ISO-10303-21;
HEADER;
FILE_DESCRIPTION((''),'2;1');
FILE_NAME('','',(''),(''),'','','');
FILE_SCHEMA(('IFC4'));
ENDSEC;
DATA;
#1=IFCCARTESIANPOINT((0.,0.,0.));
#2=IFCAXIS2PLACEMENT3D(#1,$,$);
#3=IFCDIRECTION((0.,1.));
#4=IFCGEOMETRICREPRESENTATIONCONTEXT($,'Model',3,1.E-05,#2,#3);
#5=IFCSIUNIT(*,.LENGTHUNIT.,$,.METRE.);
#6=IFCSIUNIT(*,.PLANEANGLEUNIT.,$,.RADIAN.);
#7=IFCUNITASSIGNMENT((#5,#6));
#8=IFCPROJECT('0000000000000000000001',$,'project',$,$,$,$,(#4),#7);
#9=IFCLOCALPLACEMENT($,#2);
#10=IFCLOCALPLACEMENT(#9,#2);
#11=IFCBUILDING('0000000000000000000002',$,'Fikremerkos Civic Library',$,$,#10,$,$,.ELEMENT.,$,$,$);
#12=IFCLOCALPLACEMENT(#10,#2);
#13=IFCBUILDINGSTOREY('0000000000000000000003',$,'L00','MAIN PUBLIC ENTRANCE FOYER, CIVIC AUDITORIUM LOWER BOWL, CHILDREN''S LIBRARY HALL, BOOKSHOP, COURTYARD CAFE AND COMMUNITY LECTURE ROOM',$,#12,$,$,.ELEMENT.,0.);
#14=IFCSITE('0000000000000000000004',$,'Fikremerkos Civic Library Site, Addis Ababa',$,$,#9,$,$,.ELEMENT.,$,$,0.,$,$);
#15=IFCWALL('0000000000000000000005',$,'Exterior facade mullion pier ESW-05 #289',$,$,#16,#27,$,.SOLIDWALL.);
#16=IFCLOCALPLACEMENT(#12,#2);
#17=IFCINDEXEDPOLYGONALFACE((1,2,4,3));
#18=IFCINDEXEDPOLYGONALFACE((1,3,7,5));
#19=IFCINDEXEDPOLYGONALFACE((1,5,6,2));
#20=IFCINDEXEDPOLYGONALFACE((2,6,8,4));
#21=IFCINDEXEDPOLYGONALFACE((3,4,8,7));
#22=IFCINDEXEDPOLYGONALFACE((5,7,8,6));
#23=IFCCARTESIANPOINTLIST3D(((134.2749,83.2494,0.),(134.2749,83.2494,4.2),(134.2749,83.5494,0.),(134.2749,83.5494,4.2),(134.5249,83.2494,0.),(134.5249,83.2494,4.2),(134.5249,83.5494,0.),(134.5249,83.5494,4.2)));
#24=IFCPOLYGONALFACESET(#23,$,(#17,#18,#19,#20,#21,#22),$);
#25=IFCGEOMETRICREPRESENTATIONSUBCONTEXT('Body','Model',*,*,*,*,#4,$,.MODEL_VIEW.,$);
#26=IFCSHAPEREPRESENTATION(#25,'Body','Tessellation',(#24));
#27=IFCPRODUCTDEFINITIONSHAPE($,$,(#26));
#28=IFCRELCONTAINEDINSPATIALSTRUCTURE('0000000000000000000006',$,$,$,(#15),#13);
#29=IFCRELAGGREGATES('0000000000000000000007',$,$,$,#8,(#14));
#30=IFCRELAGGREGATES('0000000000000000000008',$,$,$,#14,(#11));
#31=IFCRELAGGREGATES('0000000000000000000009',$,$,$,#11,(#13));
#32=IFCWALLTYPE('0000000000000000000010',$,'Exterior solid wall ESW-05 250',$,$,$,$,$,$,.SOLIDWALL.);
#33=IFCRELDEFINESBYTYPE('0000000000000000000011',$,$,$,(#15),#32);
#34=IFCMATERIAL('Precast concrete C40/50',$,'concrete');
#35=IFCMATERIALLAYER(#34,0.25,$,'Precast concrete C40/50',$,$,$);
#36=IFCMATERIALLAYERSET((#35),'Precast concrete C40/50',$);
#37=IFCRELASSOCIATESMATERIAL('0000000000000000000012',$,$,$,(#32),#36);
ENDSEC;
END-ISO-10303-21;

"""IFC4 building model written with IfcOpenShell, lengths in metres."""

from ifc_helpers import new_model, si_unit, direction, frame, frame_2d, origin, place, context, subcontext, project, spatial, rectangle, extrude, material, layer, layer_set, type_object, element, save


model = new_model("IFC4")

# Units and contexts
model_context = context("Model", 3, precision=1e-05, world=origin(), true_north=direction((0.0, 1.0)))
body_context = subcontext(model_context, "Body", "Model", "MODEL_VIEW")
ifc_project = project(units=[si_unit("LENGTHUNIT", "METRE"), si_unit("PLANEANGLEUNIT", "RADIAN")], contexts=[model_context])

# Site, building, storey
site_placement = place(None, origin())
site = spatial("IfcSite", under=ifc_project, at=site_placement, Name="Fikremerkos Civic Library Site, Addis Ababa", CompositionType="ELEMENT", RefElevation=0.0)
building_placement = place(site_placement, origin())
building = spatial("IfcBuilding", under=site, at=building_placement, Name="Fikremerkos Civic Library", CompositionType="ELEMENT")
storey_placement = place(building_placement, origin())
storey = spatial("IfcBuildingStorey", under=building, at=storey_placement, Name="L00", Description="MAIN PUBLIC ENTRANCE FOYER, CIVIC AUDITORIUM LOWER BOWL, CHILDREN'S LIBRARY HALL, BOOKSHOP, COURTYARD CAFE AND COMMUNITY LECTURE ROOM", CompositionType="ELEMENT", Elevation=0.0)

# Wall
ifc_material_1 = material(Name="Precast concrete C40/50", Category="concrete")
ifc_layer_1 = layer(ifc_material_1, 0.25, Name="Precast concrete C40/50")
ifc_layer_set_1 = layer_set([ifc_layer_1], Name="Precast concrete C40/50")
wall_type = type_object("IfcWallType", Name="Exterior solid wall ESW-05 250", PredefinedType="SOLIDWALL", material=ifc_layer_set_1)
wall_placement = place(storey_placement, frame((134.3999, 83.5493, 0.0), z_axis=(0.0, 0.0, 1.0), x_axis=(0.0, -1.0, 0.0)))
element("IfcWall", 1, at=wall_placement, inside=storey, type_object=wall_type, Name="Exterior facade mullion pier ESW-05 #289", PredefinedType="SOLIDWALL", context=body_context, shape_type="SweptSolid", body=[
    extrude(rectangle(XDim=0.3, YDim=0.25, at=frame_2d((0.1499, 0.0))), origin(), (0.0, 0.0, 1.0), 4.2),
])

save(model, "model.ifc")
